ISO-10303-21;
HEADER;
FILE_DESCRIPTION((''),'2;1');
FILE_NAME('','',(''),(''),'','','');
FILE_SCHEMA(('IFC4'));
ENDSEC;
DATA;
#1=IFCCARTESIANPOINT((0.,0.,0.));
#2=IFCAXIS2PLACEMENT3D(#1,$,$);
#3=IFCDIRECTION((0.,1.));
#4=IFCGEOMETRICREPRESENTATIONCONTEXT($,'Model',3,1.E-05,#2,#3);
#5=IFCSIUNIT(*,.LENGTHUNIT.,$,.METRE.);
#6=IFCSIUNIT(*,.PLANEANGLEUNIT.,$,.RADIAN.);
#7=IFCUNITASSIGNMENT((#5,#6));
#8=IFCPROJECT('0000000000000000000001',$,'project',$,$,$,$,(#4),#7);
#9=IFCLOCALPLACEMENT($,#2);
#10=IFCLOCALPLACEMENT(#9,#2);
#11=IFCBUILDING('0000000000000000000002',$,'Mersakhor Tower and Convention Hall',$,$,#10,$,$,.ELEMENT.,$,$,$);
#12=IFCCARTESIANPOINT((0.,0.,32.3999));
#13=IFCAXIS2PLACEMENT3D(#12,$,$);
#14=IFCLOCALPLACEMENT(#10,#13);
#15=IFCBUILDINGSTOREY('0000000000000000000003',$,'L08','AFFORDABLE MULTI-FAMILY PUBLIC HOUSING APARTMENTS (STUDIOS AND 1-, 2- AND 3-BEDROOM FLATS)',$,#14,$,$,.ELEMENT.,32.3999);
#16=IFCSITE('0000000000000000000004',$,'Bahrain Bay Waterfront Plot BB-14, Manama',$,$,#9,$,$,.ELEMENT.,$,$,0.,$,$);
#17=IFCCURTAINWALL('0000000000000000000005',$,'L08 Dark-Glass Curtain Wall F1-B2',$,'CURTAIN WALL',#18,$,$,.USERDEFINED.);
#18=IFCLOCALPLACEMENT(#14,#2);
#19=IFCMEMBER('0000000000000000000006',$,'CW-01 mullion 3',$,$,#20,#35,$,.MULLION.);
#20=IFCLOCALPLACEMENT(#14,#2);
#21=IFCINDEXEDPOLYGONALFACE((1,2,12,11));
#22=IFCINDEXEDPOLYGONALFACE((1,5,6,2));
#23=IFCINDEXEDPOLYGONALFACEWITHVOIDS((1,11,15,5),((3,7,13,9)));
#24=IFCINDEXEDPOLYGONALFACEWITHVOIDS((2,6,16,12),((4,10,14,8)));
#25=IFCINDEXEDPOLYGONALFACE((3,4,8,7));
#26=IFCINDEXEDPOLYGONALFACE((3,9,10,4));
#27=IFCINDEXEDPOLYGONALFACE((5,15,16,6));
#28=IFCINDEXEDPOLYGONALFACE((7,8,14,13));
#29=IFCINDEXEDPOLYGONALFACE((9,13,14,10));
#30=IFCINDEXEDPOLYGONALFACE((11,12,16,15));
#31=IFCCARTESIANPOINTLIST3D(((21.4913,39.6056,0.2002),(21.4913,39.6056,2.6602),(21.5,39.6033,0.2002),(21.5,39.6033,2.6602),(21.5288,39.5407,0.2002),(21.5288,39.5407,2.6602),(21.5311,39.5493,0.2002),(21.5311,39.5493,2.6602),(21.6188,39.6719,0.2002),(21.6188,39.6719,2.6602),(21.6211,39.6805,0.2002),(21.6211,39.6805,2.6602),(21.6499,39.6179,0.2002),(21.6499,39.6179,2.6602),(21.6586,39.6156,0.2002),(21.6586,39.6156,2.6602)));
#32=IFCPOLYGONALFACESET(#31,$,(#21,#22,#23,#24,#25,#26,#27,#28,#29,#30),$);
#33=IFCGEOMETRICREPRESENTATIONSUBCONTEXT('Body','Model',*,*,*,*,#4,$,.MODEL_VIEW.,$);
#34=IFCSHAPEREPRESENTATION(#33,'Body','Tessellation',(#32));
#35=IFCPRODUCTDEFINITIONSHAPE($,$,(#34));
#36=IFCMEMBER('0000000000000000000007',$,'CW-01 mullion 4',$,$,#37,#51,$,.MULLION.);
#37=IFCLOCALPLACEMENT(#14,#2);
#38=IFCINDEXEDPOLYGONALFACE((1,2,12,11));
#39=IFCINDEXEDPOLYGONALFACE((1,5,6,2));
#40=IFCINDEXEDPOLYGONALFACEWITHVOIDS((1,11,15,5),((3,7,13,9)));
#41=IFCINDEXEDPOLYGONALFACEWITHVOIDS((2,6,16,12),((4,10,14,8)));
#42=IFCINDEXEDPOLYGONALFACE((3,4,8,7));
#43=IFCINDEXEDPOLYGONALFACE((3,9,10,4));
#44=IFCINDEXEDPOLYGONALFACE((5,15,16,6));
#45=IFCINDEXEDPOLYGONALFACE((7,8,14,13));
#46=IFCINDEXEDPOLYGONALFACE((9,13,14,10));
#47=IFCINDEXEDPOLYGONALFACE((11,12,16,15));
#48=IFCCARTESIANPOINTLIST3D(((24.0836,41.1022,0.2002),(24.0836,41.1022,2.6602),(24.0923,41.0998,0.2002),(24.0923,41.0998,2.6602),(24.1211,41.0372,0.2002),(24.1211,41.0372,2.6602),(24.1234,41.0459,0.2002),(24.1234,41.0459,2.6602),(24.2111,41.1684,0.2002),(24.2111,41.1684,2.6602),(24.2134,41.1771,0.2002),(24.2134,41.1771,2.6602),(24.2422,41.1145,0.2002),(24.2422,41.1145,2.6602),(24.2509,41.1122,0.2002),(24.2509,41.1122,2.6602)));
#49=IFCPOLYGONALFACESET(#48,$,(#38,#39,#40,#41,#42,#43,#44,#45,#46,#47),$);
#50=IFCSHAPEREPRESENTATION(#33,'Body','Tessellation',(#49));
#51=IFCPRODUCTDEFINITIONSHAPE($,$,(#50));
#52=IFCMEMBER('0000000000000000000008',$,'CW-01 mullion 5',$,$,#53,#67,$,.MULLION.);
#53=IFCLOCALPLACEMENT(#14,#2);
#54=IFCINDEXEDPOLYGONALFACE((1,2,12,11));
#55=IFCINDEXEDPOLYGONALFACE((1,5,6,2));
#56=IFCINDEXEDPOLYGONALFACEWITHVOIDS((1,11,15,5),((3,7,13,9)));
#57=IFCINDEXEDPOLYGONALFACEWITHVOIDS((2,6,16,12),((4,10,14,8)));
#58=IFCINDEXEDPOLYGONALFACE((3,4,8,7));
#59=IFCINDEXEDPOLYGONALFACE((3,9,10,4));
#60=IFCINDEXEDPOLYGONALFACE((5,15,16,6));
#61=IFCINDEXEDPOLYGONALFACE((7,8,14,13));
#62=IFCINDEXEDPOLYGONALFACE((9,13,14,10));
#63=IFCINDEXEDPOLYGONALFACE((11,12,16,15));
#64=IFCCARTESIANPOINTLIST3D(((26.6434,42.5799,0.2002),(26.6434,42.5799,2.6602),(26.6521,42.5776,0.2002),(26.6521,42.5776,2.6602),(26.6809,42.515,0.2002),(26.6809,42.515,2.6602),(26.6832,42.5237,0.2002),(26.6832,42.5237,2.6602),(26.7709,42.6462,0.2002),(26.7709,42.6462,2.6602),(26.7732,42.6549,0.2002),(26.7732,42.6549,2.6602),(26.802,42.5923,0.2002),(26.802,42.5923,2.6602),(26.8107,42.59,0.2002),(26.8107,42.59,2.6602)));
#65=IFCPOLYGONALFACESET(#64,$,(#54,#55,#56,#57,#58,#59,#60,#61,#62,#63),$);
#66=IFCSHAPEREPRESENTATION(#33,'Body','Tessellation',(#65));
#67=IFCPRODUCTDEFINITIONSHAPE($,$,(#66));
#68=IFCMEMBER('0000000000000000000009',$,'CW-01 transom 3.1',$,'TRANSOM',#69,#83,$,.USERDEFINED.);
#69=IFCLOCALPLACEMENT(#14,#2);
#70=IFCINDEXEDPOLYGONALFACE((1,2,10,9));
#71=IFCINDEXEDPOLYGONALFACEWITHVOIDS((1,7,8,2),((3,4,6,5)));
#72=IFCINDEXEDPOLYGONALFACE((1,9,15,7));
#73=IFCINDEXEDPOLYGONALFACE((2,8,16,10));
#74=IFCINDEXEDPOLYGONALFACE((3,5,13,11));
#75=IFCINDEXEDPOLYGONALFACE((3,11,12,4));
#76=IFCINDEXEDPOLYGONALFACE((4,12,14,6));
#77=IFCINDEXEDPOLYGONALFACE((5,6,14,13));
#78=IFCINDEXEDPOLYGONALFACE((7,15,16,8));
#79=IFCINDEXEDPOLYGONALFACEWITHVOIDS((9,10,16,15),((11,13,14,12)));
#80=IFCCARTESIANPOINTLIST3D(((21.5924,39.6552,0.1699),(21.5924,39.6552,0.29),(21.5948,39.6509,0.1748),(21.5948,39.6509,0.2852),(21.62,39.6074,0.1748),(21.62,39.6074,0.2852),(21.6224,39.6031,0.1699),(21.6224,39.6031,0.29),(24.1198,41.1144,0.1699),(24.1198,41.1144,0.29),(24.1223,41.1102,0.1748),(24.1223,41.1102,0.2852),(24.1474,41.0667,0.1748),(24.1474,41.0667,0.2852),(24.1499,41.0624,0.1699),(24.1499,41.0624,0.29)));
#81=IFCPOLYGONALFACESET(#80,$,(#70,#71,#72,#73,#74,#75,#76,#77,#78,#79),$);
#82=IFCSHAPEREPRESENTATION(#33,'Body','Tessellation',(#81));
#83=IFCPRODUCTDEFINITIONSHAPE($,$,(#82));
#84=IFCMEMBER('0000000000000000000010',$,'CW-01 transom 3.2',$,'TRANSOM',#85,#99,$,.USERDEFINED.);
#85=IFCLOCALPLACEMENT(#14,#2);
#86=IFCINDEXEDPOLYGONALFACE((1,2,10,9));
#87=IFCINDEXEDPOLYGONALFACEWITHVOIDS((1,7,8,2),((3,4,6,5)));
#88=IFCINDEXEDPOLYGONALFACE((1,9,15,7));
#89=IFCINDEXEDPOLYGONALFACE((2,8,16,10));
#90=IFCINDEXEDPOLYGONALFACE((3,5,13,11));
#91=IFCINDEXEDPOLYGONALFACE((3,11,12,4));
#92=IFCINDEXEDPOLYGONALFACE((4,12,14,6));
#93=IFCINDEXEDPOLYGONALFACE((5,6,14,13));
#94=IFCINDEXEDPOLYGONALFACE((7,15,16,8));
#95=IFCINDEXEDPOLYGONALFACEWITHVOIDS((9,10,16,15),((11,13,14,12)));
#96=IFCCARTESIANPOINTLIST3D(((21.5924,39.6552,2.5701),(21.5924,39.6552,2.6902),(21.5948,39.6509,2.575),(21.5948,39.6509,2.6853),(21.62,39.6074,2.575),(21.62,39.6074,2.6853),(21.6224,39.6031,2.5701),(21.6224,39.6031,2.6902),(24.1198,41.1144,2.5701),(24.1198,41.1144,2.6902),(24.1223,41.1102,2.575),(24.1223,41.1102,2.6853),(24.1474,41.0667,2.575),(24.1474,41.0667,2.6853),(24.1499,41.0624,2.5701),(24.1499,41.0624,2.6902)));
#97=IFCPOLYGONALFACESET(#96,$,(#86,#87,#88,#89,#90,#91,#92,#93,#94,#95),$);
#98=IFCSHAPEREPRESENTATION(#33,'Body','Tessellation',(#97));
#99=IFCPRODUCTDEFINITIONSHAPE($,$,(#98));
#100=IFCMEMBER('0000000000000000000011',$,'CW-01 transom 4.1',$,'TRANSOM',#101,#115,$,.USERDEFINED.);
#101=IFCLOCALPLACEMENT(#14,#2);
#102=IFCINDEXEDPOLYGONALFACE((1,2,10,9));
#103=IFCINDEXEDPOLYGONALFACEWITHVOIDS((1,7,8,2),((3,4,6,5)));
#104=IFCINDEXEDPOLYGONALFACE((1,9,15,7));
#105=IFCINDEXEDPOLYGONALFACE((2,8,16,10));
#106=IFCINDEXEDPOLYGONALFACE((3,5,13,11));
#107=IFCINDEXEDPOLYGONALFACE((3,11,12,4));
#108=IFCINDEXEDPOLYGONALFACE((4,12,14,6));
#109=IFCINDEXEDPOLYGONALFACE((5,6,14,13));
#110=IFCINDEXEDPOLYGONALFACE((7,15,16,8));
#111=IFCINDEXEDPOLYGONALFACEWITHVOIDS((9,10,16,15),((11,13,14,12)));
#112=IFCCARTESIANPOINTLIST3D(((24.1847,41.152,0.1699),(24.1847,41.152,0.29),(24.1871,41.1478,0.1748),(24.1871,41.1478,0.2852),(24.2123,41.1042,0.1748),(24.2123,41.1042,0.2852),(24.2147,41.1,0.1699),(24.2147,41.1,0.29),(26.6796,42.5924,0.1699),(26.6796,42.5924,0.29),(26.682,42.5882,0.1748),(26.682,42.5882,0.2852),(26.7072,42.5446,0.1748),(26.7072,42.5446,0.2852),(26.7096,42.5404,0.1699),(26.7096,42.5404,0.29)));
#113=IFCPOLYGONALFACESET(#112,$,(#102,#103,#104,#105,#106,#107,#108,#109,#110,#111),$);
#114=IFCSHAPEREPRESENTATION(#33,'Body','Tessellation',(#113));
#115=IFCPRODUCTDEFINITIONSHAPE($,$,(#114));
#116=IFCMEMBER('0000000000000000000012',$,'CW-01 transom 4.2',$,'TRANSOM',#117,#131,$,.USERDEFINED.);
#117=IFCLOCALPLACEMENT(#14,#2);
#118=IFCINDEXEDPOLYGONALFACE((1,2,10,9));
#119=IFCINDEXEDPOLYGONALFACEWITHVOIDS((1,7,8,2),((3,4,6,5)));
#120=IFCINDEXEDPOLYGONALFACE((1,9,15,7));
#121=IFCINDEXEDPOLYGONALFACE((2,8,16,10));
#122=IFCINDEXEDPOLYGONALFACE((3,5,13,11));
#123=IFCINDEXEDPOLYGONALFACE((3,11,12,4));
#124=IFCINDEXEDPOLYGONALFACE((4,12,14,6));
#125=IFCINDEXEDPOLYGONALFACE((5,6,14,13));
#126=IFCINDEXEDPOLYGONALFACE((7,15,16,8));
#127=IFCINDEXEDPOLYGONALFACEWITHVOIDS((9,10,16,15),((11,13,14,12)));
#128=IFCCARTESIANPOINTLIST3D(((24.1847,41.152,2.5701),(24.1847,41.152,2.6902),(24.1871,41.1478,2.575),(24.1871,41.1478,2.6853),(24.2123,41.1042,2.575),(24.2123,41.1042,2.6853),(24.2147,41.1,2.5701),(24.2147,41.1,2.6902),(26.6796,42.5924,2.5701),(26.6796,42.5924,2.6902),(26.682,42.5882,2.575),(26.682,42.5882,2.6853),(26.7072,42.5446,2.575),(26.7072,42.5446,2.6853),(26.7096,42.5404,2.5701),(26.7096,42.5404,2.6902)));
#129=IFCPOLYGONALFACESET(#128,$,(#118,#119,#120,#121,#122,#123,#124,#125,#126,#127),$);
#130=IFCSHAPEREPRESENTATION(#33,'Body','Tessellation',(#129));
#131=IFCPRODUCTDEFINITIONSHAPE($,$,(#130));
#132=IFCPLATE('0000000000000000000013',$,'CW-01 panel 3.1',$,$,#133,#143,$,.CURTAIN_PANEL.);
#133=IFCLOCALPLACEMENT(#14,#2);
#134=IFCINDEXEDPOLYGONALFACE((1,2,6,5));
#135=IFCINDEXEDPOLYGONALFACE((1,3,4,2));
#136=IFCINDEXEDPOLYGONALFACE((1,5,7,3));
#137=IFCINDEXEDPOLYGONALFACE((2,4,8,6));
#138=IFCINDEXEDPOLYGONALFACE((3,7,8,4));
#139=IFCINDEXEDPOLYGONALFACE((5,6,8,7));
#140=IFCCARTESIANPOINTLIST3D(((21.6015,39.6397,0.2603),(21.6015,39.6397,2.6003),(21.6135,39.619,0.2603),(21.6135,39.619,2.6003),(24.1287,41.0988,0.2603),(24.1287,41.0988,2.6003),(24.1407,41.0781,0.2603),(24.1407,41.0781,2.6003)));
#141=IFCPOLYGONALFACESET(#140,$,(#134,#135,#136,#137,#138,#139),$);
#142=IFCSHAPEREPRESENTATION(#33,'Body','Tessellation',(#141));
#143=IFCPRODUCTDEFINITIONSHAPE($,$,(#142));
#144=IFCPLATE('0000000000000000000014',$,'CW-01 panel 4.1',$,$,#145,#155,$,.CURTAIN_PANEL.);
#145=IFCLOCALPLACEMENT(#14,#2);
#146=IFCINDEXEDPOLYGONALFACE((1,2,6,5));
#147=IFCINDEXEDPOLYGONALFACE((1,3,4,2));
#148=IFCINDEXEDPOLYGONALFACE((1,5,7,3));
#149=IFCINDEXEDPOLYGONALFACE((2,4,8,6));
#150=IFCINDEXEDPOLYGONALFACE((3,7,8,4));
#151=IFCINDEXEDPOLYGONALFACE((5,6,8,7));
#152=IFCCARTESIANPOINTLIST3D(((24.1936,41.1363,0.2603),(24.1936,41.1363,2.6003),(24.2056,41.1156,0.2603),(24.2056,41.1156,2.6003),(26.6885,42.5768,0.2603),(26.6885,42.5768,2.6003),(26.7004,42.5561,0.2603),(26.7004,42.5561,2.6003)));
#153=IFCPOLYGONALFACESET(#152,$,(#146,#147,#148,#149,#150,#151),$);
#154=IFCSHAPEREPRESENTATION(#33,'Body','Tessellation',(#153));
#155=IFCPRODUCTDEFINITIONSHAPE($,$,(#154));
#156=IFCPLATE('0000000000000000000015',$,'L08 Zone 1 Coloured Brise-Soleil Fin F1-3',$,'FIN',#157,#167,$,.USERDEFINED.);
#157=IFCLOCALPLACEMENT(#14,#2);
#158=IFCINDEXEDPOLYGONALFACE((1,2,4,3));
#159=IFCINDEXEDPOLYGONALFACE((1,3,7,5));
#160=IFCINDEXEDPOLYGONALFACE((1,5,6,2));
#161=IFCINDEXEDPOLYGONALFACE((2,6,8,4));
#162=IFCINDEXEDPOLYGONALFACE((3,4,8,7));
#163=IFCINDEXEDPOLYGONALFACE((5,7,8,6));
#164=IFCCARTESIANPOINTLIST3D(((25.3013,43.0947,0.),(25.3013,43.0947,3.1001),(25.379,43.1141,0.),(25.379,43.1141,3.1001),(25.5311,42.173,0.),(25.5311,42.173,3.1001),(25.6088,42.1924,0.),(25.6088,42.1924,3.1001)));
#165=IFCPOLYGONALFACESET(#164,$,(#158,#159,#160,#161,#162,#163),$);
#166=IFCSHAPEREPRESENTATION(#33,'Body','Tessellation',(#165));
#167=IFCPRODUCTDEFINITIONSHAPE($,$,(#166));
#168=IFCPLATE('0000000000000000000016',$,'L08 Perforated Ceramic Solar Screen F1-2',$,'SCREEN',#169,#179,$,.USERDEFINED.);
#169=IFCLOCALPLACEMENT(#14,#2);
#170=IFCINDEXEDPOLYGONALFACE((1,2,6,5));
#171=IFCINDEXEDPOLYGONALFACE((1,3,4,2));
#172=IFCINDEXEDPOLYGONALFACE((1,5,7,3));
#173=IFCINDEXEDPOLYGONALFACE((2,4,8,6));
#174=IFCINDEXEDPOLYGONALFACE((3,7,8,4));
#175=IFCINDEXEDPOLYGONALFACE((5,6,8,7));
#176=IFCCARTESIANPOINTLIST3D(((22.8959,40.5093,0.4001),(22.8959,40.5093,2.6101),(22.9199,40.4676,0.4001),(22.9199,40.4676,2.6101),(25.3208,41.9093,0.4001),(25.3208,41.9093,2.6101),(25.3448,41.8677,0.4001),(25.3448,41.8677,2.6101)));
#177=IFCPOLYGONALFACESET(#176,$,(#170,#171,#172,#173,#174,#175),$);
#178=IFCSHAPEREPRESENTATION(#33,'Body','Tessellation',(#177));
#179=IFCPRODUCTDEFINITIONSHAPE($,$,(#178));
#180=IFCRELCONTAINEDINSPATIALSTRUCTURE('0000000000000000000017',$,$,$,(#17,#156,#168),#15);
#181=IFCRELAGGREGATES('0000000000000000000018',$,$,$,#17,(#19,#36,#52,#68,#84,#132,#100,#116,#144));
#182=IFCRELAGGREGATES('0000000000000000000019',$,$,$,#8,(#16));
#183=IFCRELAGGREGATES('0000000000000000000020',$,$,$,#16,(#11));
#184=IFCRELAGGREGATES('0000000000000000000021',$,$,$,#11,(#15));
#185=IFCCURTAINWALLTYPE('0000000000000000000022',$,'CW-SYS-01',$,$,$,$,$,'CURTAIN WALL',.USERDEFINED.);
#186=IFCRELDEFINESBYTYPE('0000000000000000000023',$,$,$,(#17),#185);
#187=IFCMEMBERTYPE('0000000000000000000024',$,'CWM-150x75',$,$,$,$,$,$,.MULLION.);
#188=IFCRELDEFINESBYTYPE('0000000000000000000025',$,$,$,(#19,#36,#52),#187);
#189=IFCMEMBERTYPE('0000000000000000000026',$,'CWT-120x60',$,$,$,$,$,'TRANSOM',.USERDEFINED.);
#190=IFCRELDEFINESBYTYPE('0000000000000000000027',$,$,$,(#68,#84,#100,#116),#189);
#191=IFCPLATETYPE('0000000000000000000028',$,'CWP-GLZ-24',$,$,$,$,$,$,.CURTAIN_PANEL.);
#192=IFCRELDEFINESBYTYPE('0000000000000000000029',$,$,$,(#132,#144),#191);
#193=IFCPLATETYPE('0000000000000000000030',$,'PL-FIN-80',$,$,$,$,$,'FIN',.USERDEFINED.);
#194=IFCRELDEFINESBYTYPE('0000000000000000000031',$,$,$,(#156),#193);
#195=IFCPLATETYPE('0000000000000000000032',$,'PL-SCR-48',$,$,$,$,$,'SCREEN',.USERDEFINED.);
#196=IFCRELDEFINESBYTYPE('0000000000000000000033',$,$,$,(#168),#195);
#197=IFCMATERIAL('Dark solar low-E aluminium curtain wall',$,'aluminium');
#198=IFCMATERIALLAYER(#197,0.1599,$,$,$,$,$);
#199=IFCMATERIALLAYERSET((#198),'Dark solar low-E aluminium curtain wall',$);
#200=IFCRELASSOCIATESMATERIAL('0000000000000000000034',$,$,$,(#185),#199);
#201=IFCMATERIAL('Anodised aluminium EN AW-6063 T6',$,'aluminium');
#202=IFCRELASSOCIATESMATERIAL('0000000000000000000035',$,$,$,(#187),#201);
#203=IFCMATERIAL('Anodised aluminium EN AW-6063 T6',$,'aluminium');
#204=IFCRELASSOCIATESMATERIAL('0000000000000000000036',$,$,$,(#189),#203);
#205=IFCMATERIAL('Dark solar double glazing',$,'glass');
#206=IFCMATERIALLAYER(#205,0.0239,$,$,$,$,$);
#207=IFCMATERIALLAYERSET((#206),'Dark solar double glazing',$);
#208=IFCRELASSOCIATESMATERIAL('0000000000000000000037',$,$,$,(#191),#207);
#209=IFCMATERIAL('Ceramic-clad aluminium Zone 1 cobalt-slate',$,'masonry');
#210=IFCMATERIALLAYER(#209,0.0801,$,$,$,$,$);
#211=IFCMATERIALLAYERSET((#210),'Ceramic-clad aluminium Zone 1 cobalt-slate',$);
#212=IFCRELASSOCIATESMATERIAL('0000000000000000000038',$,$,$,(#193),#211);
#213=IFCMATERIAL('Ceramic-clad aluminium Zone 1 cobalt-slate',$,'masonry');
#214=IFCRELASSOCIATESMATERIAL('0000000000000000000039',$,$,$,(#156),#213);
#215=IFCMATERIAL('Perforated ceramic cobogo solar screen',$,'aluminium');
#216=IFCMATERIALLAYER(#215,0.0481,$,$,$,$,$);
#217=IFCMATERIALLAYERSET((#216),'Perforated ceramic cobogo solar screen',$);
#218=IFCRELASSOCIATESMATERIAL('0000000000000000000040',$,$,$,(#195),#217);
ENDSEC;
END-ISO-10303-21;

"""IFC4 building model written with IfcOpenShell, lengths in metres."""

from ifc_helpers import new_model, si_unit, direction, frame, origin, origin_2d, place, context, subcontext, project, spatial, rectangle, hollow_rectangle, extrude, material, layer, layer_set, material_profile, profile_set, type_object, element, aggregate, save


model = new_model("IFC4")

# Units and contexts
model_context = context("Model", 3, precision=1e-05, world=origin(), true_north=direction((0.0, 1.0)))
body_context = subcontext(model_context, "Body", "Model", "MODEL_VIEW")
ifc_project = project(units=[si_unit("LENGTHUNIT", "METRE"), si_unit("PLANEANGLEUNIT", "RADIAN")], contexts=[model_context])

# Site, building, storey
site_placement = place(None, origin())
site = spatial("IfcSite", under=ifc_project, at=site_placement, Name="Bahrain Bay Waterfront Plot BB-14, Manama", CompositionType="ELEMENT", RefElevation=0.0)
building_placement = place(site_placement, origin())
building = spatial("IfcBuilding", under=site, at=building_placement, Name="Mersakhor Tower and Convention Hall", CompositionType="ELEMENT")
storey_placement = place(building_placement, frame((0.0, 0.0, 32.3999)))
storey = spatial("IfcBuildingStorey", under=building, at=storey_placement, Name="L08", Description="AFFORDABLE MULTI-FAMILY PUBLIC HOUSING APARTMENTS (STUDIOS AND 1-, 2- AND 3-BEDROOM FLATS)", CompositionType="ELEMENT", Elevation=32.3999)

# Curtain wall, members, plates
ifc_material_1 = material(Name="Dark solar low-E aluminium curtain wall", Category="aluminium")
ifc_layer_1 = layer(ifc_material_1, 0.1599)
ifc_layer_set_1 = layer_set([ifc_layer_1], Name="Dark solar low-E aluminium curtain wall")
curtain_wall_type = type_object("IfcCurtainWallType", Name="CW-SYS-01", ElementType="CURTAIN WALL", PredefinedType="USERDEFINED", material=ifc_layer_set_1)
curtain_wall_placement = place(storey_placement, origin())
curtain_wall = element("IfcCurtainWall", 1, at=curtain_wall_placement, inside=storey, type_object=curtain_wall_type, Name="L08 Dark-Glass Curtain Wall F1-B2", ObjectType="CURTAIN WALL", PredefinedType="USERDEFINED")
ifc_material_2 = material(Name="Anodised aluminium EN AW-6063 T6", Category="aluminium")
ifc_material_profile_1 = material_profile(ifc_material_2, hollow_rectangle(XDim=0.075, YDim=0.1499, WallThickness=0.0063, at=origin_2d()), Name="RHS 150x75x6.3")
ifc_profile_set_1 = profile_set([ifc_material_profile_1], Name="Anodised aluminium EN AW-6063 T6")
member_type_1 = type_object("IfcMemberType", Name="CWM-150x75", PredefinedType="MULLION", material=ifc_profile_set_1)
member_1_placement = place(storey_placement, frame((21.575, 39.6106, 0.2002), z_axis=(0.0, 0.0, 1.0), x_axis=(-0.500003, 0.866023, 0.0)))
member_1 = element("IfcMember", 2, at=member_1_placement, type_object=member_type_1, Name="CW-01 mullion 3", PredefinedType="MULLION", context=body_context, shape_type="SweptSolid", body=[
    extrude(hollow_rectangle(XDim=0.075, YDim=0.1499, WallThickness=0.0063, at=origin_2d()), origin(), (0.0, 0.0, 1.0), 2.46),
])
member_2_placement = place(storey_placement, frame((24.1672, 41.1072, 0.2002), z_axis=(0.0, 0.0, 1.0), x_axis=(-0.500003, 0.866023, 0.0)))
member_2 = element("IfcMember", 3, at=member_2_placement, type_object=member_type_1, Name="CW-01 mullion 4", PredefinedType="MULLION", context=body_context, shape_type="SweptSolid", body=[
    extrude(hollow_rectangle(XDim=0.075, YDim=0.1499, WallThickness=0.0063, at=origin_2d()), origin(), (0.0, 0.0, 1.0), 2.46),
])
member_3_placement = place(storey_placement, frame((26.7271, 42.585, 0.2002), z_axis=(0.0, 0.0, 1.0), x_axis=(-0.500003, 0.866023, 0.0)))
member_3 = element("IfcMember", 4, at=member_3_placement, type_object=member_type_1, Name="CW-01 mullion 5", PredefinedType="MULLION", context=body_context, shape_type="SweptSolid", body=[
    extrude(hollow_rectangle(XDim=0.075, YDim=0.1499, WallThickness=0.0063, at=origin_2d()), origin(), (0.0, 0.0, 1.0), 2.46),
])
ifc_material_3 = material(Name="Anodised aluminium EN AW-6063 T6", Category="aluminium")
ifc_material_profile_2 = material_profile(ifc_material_3, hollow_rectangle(XDim=0.0601, YDim=0.1201, WallThickness=0.0049, at=origin_2d()), Name="RHS 120x60x5")
ifc_profile_set_2 = profile_set([ifc_material_profile_2], Name="Anodised aluminium EN AW-6063 T6")
member_type_2 = type_object("IfcMemberType", Name="CWT-120x60", ElementType="TRANSOM", PredefinedType="USERDEFINED", material=ifc_profile_set_2)
member_4_placement = place(storey_placement, frame((21.6074, 39.6292, 0.23), z_axis=(0.866016, 0.500017, 0.0), x_axis=(-0.500017, 0.866016, 0.0)))
member_4 = element("IfcMember", 5, at=member_4_placement, type_object=member_type_2, Name="CW-01 transom 3.1", ObjectType="TRANSOM", PredefinedType="USERDEFINED", context=body_context, shape_type="SweptSolid", body=[
    extrude(hollow_rectangle(XDim=0.0601, YDim=0.1201, WallThickness=0.0049, at=origin_2d()), origin(), (0.0, 0.0, 1.0), 2.9185),
])
member_5_placement = place(storey_placement, frame((21.6074, 39.6292, 2.6301), z_axis=(0.866016, 0.500017, 0.0), x_axis=(-0.500017, 0.866016, 0.0)))
member_5 = element("IfcMember", 6, at=member_5_placement, type_object=member_type_2, Name="CW-01 transom 3.2", ObjectType="TRANSOM", PredefinedType="USERDEFINED", context=body_context, shape_type="SweptSolid", body=[
    extrude(hollow_rectangle(XDim=0.0601, YDim=0.1201, WallThickness=0.0049, at=origin_2d()), origin(), (0.0, 0.0, 1.0), 2.9185),
])
member_6_placement = place(storey_placement, frame((24.1997, 41.126, 0.23), z_axis=(0.866023, 0.500004, 0.0), x_axis=(-0.500004, 0.866023, 0.0)))
member_6 = element("IfcMember", 7, at=member_6_placement, type_object=member_type_2, Name="CW-01 transom 4.1", ObjectType="TRANSOM", PredefinedType="USERDEFINED", context=body_context, shape_type="SweptSolid", body=[
    extrude(hollow_rectangle(XDim=0.0601, YDim=0.1201, WallThickness=0.0049, at=origin_2d()), origin(), (0.0, 0.0, 1.0), 2.8809),
])
member_7_placement = place(storey_placement, frame((24.1997, 41.126, 2.6301), z_axis=(0.866023, 0.500004, 0.0), x_axis=(-0.500004, 0.866023, 0.0)))
member_7 = element("IfcMember", 8, at=member_7_placement, type_object=member_type_2, Name="CW-01 transom 4.2", ObjectType="TRANSOM", PredefinedType="USERDEFINED", context=body_context, shape_type="SweptSolid", body=[
    extrude(hollow_rectangle(XDim=0.0601, YDim=0.1201, WallThickness=0.0049, at=origin_2d()), origin(), (0.0, 0.0, 1.0), 2.8809),
])
ifc_material_4 = material(Name="Dark solar double glazing", Category="glass")
ifc_layer_2 = layer(ifc_material_4, 0.0239)
ifc_layer_set_2 = layer_set([ifc_layer_2], Name="Dark solar double glazing")
plate_type_1 = type_object("IfcPlateType", Name="CWP-GLZ-24", PredefinedType="CURTAIN_PANEL", material=ifc_layer_set_2)
plate_1_placement = place(storey_placement, frame((22.8711, 40.3589, 0.2603), z_axis=(0.0, 0.0, 1.0), x_axis=(0.866023, 0.500003, 0.0)))
plate_1 = element("IfcPlate", 9, at=plate_1_placement, type_object=plate_type_1, Name="CW-01 panel 3.1", PredefinedType="CURTAIN_PANEL", context=body_context, shape_type="SweptSolid", body=[
    extrude(rectangle(XDim=2.9182, YDim=0.0239, at=origin_2d()), origin(), (0.0, 0.0, 1.0), 2.3401),
])
plate_2_placement = place(storey_placement, frame((25.447, 41.8462, 0.2603), z_axis=(0.0, 0.0, 1.0), x_axis=(0.866023, 0.500003, 0.0)))
plate_2 = element("IfcPlate", 10, at=plate_2_placement, type_object=plate_type_1, Name="CW-01 panel 4.1", PredefinedType="CURTAIN_PANEL", context=body_context, shape_type="SweptSolid", body=[
    extrude(rectangle(XDim=2.8809, YDim=0.0239, at=origin_2d()), origin(), (0.0, 0.0, 1.0), 2.3401),
])
aggregate(curtain_wall, [member_1, member_2, member_3, member_4, member_5, plate_1, member_6, member_7, plate_2])

# Plates
ifc_material_5 = material(Name="Ceramic-clad aluminium Zone 1 cobalt-slate", Category="masonry")
ifc_material_6 = material(Name="Ceramic-clad aluminium Zone 1 cobalt-slate", Category="masonry")
ifc_layer_3 = layer(ifc_material_6, 0.0801)
ifc_layer_set_3 = layer_set([ifc_layer_3], Name="Ceramic-clad aluminium Zone 1 cobalt-slate")
plate_type_2 = type_object("IfcPlateType", Name="PL-FIN-80", ElementType="FIN", PredefinedType="USERDEFINED", material=ifc_layer_set_3)
plate_3_placement = place(storey_placement, frame((25.4551, 42.6436, 0.0), z_axis=(0.0, 0.0, 1.0), x_axis=(-0.241922, 0.970296, 0.0)))
element("IfcPlate", 11, at=plate_3_placement, inside=storey, type_object=plate_type_2, material=ifc_material_5, Name="L08 Zone 1 Coloured Brise-Soleil Fin F1-3", ObjectType="FIN", PredefinedType="USERDEFINED", context=body_context, shape_type="SweptSolid", body=[
    extrude(rectangle(XDim=0.95, YDim=0.0801, at=origin_2d()), origin(), (0.0, 0.0, 1.0), 3.1001),
])
ifc_material_7 = material(Name="Perforated ceramic cobogo solar screen", Category="aluminium")
ifc_layer_4 = layer(ifc_material_7, 0.0481)
ifc_layer_set_4 = layer_set([ifc_layer_4], Name="Perforated ceramic cobogo solar screen")
plate_type_3 = type_object("IfcPlateType", Name="PL-SCR-48", ElementType="SCREEN", PredefinedType="USERDEFINED", material=ifc_layer_set_4)
plate_4_placement = place(storey_placement, frame((24.1204, 41.1885, 0.4001), z_axis=(0.0, 0.0, 1.0), x_axis=(0.866025, 0.5, 0.0)))
element("IfcPlate", 12, at=plate_4_placement, inside=storey, type_object=plate_type_3, Name="L08 Perforated Ceramic Solar Screen F1-2", ObjectType="SCREEN", PredefinedType="USERDEFINED", context=body_context, shape_type="SweptSolid", body=[
    extrude(rectangle(XDim=2.8, YDim=0.0481, at=origin_2d()), origin(), (0.0, 0.0, 1.0), 2.21),
])

save(model, "model.ifc")
